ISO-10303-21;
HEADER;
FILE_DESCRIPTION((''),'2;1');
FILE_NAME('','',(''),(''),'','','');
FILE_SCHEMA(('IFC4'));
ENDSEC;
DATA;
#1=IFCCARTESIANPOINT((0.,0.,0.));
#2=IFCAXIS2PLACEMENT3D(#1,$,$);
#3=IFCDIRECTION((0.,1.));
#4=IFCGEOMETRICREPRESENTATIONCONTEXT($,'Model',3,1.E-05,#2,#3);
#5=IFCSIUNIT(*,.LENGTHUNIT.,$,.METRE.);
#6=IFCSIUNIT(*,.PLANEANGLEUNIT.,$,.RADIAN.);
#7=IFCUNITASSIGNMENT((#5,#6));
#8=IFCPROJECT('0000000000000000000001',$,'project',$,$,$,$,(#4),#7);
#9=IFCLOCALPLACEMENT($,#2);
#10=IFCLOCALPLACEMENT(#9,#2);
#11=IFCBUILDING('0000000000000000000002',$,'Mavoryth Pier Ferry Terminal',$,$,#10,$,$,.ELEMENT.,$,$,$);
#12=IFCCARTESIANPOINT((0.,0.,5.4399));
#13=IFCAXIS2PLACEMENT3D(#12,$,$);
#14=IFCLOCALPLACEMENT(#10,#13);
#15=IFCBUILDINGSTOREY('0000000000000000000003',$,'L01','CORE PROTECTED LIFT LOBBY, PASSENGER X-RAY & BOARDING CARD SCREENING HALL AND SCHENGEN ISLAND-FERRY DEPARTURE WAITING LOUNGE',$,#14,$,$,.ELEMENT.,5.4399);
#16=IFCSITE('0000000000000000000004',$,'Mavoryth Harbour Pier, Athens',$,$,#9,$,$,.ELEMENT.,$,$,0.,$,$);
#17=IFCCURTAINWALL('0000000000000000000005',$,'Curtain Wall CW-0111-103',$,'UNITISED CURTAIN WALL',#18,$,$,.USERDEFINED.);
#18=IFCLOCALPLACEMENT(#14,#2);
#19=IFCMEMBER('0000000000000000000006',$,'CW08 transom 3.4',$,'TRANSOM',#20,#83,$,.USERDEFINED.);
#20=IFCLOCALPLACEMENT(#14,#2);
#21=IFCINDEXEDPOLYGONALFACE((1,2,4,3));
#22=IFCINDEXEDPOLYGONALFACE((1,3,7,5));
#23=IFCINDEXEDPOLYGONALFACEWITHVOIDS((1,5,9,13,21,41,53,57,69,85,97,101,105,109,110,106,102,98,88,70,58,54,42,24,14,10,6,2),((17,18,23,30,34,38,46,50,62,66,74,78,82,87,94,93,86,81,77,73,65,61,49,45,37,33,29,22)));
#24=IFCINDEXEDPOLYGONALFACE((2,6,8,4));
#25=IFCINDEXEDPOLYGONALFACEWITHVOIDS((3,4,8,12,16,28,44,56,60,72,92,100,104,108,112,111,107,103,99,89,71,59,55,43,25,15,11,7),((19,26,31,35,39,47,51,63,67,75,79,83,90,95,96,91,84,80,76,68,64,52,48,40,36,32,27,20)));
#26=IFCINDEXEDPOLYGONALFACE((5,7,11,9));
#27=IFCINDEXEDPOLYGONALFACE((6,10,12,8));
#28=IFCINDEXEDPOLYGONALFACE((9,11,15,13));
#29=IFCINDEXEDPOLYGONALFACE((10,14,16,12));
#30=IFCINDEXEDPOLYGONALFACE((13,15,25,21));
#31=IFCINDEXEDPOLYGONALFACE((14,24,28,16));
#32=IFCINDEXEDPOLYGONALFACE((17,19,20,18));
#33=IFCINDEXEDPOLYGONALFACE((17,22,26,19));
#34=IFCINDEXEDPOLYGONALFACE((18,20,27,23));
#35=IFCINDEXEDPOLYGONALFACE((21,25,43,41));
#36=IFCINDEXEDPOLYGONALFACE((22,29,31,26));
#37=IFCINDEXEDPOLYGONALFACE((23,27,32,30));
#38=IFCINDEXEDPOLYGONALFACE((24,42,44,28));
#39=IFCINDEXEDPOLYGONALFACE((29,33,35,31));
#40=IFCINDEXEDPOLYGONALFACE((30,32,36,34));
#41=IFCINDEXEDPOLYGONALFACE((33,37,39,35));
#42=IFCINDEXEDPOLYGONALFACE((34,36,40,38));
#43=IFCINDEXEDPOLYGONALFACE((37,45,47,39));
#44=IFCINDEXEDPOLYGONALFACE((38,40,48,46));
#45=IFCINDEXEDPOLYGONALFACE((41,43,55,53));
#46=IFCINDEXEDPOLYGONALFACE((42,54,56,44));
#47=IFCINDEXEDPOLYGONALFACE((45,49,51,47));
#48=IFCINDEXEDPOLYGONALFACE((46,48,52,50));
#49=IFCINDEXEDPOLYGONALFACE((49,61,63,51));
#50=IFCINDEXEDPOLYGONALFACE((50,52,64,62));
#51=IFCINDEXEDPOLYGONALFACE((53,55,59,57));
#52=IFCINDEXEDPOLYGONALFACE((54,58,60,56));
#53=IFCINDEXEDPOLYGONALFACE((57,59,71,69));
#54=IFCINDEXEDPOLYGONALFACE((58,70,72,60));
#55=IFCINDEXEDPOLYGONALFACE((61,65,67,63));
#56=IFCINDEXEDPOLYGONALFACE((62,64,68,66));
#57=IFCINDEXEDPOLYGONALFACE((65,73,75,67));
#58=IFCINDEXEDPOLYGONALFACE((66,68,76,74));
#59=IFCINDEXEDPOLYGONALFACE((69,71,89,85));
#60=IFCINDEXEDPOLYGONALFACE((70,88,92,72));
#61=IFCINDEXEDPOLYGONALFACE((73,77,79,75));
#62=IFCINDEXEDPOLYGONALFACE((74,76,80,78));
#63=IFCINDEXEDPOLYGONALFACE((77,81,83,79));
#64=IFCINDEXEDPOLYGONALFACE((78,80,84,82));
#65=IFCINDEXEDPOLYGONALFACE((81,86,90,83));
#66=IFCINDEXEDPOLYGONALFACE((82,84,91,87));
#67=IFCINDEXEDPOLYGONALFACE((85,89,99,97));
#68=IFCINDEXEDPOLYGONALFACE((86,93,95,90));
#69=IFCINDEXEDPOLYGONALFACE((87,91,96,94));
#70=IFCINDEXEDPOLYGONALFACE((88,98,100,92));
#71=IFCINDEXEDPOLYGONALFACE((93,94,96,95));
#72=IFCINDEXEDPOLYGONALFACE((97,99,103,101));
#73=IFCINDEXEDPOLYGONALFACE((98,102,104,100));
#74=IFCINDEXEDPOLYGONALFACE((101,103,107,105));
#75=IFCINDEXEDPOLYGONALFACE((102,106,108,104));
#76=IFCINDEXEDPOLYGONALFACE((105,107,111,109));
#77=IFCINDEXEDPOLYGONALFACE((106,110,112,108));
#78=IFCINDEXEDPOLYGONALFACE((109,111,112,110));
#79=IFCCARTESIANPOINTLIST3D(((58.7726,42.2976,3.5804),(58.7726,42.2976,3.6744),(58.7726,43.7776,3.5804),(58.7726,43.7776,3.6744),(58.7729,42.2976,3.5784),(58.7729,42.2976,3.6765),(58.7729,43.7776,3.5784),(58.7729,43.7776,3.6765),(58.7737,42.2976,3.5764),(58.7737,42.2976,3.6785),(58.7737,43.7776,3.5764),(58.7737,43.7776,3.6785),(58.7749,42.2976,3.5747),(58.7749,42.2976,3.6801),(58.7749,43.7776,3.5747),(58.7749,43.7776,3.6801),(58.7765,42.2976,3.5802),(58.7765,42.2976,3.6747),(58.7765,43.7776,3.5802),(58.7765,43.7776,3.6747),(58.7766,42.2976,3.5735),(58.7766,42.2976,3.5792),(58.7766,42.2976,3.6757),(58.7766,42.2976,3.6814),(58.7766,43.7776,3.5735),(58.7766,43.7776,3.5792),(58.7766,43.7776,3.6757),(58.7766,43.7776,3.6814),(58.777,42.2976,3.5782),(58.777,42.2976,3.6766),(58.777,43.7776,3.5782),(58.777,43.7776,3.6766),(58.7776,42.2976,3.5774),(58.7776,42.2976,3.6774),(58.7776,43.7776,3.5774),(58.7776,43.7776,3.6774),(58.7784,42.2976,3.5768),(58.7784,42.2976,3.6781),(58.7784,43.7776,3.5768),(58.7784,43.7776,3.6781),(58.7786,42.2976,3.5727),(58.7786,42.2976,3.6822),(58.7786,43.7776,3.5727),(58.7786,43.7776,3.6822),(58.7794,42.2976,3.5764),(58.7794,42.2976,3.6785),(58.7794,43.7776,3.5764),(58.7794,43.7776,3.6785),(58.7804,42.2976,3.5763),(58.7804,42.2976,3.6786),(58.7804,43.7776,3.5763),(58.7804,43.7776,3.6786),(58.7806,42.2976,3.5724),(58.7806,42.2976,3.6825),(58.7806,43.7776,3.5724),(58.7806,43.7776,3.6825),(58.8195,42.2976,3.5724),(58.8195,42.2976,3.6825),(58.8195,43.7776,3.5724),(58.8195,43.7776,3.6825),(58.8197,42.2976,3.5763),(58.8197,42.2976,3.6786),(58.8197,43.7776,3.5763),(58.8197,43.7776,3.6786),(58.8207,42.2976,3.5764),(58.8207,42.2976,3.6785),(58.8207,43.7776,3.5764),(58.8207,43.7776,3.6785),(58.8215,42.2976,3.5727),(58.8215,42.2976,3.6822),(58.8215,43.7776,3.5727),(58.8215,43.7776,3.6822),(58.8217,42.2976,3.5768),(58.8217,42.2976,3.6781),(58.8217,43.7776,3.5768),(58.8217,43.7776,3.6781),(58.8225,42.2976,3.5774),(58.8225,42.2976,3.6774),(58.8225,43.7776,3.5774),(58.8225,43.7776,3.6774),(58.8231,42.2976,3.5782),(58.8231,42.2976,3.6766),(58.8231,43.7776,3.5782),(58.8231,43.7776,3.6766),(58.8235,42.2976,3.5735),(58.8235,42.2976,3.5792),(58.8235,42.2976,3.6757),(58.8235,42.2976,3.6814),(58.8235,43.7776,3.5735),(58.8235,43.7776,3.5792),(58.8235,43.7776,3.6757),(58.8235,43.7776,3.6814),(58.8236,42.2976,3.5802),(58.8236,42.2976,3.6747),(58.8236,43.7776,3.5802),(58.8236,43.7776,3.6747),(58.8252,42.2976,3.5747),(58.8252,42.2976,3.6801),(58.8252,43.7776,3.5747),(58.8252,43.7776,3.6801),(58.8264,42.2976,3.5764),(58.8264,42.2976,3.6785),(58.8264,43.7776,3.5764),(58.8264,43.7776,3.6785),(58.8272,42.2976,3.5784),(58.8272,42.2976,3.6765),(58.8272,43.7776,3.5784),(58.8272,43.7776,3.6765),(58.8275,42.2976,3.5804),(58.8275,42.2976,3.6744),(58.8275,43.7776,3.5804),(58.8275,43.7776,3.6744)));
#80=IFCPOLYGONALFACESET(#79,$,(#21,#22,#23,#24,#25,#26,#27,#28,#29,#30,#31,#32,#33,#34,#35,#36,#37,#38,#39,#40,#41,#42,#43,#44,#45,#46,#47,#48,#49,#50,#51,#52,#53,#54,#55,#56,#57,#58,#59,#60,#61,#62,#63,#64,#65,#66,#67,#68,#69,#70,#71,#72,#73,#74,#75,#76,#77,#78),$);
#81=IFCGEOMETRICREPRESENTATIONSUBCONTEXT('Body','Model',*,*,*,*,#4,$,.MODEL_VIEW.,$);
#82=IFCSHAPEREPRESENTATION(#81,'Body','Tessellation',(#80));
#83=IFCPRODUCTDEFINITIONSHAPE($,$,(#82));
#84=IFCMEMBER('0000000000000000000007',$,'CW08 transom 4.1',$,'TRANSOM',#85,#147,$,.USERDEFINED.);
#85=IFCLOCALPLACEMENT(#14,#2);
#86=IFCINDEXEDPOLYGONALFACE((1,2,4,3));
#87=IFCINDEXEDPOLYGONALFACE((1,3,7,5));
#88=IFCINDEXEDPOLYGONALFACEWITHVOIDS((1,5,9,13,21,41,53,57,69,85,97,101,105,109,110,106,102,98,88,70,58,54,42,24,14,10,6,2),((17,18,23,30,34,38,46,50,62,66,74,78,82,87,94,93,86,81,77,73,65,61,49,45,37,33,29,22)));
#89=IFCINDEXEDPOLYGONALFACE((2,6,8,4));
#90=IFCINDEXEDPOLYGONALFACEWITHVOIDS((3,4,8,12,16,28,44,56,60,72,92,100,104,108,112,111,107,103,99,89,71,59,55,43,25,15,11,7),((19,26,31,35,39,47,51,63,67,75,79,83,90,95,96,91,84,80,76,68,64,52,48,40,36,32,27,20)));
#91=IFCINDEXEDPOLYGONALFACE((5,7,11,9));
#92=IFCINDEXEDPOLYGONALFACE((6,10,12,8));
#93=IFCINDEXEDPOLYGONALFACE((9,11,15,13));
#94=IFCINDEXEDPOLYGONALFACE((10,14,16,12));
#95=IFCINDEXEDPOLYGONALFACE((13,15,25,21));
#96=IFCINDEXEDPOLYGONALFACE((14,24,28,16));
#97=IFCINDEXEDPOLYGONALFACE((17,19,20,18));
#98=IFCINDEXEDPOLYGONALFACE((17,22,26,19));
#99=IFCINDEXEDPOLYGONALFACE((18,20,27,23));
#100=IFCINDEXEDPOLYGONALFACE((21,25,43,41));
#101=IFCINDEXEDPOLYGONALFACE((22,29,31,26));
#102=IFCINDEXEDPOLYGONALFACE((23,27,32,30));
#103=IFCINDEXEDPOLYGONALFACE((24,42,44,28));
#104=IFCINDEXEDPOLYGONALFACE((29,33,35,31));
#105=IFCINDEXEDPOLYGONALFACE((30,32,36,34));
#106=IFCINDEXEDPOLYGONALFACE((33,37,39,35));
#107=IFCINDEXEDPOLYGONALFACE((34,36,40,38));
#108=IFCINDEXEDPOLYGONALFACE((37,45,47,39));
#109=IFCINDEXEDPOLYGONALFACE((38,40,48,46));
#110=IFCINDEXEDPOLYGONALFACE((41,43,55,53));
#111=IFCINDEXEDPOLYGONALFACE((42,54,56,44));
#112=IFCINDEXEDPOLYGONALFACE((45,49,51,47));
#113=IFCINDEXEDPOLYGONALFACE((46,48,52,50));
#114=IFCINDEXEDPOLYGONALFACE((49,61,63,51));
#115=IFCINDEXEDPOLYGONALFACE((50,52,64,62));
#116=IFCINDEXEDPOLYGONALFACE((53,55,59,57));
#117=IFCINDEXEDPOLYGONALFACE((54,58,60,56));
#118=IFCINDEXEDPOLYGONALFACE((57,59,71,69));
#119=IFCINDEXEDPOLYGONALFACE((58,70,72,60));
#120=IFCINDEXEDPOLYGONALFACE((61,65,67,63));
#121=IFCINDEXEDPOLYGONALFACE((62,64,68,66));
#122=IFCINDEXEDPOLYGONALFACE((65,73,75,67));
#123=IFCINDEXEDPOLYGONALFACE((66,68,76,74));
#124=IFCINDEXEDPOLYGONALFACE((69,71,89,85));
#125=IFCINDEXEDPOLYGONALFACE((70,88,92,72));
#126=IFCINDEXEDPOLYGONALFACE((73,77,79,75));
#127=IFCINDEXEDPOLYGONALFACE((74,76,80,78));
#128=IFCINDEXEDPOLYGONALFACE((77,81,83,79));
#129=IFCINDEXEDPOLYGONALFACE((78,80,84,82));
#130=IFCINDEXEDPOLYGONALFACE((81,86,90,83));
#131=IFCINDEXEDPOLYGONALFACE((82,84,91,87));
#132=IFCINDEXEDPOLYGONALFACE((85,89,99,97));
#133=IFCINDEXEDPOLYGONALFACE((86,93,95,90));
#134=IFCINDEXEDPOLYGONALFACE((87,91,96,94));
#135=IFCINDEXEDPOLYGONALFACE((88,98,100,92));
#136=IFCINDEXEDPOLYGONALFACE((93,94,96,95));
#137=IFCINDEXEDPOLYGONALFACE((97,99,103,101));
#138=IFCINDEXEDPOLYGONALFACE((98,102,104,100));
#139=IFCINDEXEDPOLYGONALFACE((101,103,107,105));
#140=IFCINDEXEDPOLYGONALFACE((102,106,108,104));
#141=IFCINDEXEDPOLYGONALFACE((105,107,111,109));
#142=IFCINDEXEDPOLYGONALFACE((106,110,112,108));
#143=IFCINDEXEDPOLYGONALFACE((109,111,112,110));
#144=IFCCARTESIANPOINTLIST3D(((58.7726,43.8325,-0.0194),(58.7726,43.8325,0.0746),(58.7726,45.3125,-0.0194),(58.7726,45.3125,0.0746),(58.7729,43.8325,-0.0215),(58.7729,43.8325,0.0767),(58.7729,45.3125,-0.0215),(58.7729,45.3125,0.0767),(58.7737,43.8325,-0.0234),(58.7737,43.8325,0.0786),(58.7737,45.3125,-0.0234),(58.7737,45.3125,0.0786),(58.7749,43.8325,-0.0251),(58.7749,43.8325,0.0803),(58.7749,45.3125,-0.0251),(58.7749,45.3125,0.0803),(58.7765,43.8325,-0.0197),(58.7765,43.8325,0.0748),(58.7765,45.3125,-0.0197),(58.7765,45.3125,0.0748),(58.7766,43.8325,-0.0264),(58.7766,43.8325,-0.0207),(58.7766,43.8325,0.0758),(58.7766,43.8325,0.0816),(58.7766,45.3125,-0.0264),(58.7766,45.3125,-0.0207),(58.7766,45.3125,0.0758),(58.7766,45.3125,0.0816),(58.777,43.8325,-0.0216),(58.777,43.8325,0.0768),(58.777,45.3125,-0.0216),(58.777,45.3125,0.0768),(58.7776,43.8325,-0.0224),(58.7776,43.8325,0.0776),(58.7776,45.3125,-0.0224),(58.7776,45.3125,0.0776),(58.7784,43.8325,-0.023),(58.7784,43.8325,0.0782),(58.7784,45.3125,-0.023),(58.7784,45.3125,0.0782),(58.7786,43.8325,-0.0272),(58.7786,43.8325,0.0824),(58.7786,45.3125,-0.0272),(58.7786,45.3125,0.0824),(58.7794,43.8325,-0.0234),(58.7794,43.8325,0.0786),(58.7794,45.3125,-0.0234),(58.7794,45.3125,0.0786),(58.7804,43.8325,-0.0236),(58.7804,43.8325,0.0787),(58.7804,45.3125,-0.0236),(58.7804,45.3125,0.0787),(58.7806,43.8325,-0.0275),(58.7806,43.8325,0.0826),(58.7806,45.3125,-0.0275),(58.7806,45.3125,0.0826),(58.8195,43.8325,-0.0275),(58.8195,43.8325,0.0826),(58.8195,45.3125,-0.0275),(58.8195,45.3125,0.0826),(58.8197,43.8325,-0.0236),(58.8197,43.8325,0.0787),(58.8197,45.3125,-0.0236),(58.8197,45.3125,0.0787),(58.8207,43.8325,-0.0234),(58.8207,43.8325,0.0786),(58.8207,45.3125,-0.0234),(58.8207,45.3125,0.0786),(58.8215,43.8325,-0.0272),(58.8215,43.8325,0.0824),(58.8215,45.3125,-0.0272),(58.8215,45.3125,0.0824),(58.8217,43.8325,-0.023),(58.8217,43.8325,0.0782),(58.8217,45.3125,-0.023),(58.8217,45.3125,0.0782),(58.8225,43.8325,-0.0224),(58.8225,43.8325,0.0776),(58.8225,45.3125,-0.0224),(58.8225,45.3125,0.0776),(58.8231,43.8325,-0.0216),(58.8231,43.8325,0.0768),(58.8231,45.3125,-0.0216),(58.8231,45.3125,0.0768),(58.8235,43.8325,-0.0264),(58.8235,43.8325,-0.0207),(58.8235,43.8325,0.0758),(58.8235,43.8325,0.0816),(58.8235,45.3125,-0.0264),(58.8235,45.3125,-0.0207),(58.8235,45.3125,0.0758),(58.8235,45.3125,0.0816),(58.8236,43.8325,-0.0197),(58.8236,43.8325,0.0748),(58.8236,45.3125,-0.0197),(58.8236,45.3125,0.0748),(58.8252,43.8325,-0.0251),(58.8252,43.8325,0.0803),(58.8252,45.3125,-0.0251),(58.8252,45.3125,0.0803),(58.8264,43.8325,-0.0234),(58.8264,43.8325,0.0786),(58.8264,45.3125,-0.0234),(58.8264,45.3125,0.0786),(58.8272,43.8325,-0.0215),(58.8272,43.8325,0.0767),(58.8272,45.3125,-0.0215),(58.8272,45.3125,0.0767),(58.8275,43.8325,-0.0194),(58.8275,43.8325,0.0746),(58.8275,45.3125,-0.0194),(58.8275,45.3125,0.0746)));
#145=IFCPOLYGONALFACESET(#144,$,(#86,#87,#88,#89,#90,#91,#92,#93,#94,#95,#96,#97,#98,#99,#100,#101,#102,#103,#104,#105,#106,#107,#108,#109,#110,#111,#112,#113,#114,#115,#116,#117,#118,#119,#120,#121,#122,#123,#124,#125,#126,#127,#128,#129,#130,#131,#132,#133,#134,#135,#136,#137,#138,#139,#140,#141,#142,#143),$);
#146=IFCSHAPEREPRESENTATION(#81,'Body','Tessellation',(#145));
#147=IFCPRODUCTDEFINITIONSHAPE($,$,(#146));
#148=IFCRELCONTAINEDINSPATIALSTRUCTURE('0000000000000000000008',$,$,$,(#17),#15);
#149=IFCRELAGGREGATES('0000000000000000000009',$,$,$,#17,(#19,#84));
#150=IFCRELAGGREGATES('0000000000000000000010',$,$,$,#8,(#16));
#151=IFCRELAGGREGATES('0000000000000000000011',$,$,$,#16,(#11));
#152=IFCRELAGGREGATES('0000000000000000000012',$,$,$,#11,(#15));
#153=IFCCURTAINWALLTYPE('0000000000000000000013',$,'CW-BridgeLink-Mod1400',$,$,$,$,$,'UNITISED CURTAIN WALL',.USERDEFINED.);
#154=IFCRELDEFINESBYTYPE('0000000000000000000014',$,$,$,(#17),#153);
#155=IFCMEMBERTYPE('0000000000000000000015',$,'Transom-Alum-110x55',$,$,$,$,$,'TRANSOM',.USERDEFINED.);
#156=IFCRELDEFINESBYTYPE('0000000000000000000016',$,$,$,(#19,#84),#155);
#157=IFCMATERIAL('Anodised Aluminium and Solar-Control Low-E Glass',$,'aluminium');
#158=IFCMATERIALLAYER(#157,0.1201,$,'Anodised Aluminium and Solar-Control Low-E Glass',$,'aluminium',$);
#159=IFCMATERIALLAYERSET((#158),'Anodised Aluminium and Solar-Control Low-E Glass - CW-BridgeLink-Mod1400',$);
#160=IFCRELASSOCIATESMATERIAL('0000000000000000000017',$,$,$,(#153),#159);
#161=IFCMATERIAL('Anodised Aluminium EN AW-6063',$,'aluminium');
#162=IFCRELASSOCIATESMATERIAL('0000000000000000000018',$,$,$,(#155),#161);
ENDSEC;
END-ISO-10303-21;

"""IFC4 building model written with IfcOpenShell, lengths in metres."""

from ifc_helpers import new_model, si_unit, direction, frame, origin, origin_2d, place, context, subcontext, project, spatial, hollow_rectangle, extrude, material, layer, layer_set, material_profile, profile_set, type_object, element, aggregate, save


model = new_model("IFC4")

# Units and contexts
model_context = context("Model", 3, precision=1e-05, world=origin(), true_north=direction((0.0, 1.0)))
body_context = subcontext(model_context, "Body", "Model", "MODEL_VIEW")
ifc_project = project(units=[si_unit("LENGTHUNIT", "METRE"), si_unit("PLANEANGLEUNIT", "RADIAN")], contexts=[model_context])

# Site, building, storey
site_placement = place(None, origin())
site = spatial("IfcSite", under=ifc_project, at=site_placement, Name="Mavoryth Harbour Pier, Athens", CompositionType="ELEMENT", RefElevation=0.0)
building_placement = place(site_placement, origin())
building = spatial("IfcBuilding", under=site, at=building_placement, Name="Mavoryth Pier Ferry Terminal", CompositionType="ELEMENT")
storey_placement = place(building_placement, frame((0.0, 0.0, 5.4399)))
storey = spatial("IfcBuildingStorey", under=building, at=storey_placement, Name="L01", Description="CORE PROTECTED LIFT LOBBY, PASSENGER X-RAY & BOARDING CARD SCREENING HALL AND SCHENGEN ISLAND-FERRY DEPARTURE WAITING LOUNGE", CompositionType="ELEMENT", Elevation=5.4399)

# Curtain wall
ifc_material_1 = material(Name="Anodised Aluminium and Solar-Control Low-E Glass", Category="aluminium")
ifc_layer_1 = layer(ifc_material_1, 0.1201, Name="Anodised Aluminium and Solar-Control Low-E Glass", Category="aluminium")
ifc_layer_set_1 = layer_set([ifc_layer_1], Name="Anodised Aluminium and Solar-Control Low-E Glass - CW-BridgeLink-Mod1400")
curtain_wall_type = type_object("IfcCurtainWallType", Name="CW-BridgeLink-Mod1400", ElementType="UNITISED CURTAIN WALL", PredefinedType="USERDEFINED", material=ifc_layer_set_1)
curtain_wall_1_placement = place(storey_placement, origin())
curtain_wall_1 = element("IfcCurtainWall", 1, at=curtain_wall_1_placement, inside=storey, type_object=curtain_wall_type, Name="Curtain Wall CW-0111-103", ObjectType="UNITISED CURTAIN WALL", PredefinedType="USERDEFINED")
ifc_material_2 = material(Name="Anodised Aluminium EN AW-6063", Category="aluminium")

# Members
ifc_material_profile_1 = material_profile(ifc_material_2, hollow_rectangle(XDim=0.0549, YDim=0.1101, WallThickness=0.0039, InnerFilletRadius=0.0039, OuterFilletRadius=0.0081, at=origin_2d()), Name="AL-TRAN 110x55x4", Category="aluminium")
ifc_profile_set_1 = profile_set([ifc_material_profile_1], Name="Anodised Aluminium EN AW-6063 - AL-TRAN 110x55x4")
member_type_1 = type_object("IfcMemberType", Name="Transom-Alum-110x55", ElementType="TRANSOM", PredefinedType="USERDEFINED", material=ifc_profile_set_1)
member_1_placement = place(storey_placement, frame((58.8, 42.2976, 3.6274), z_axis=(0.0, 1.0, 0.0), x_axis=(-1.0, 0.0, 0.0)))
member_1 = element("IfcMember", 2, at=member_1_placement, type_object=member_type_1, Name="CW08 transom 3.4", ObjectType="TRANSOM", PredefinedType="USERDEFINED", context=body_context, shape_type="SweptSolid", body=[
    extrude(hollow_rectangle(XDim=0.0549, YDim=0.1101, WallThickness=0.0039, InnerFilletRadius=0.0039, OuterFilletRadius=0.0081, at=origin_2d()), origin(), (0.0, 0.0, 1.0), 1.48),
])
member_2_placement = place(storey_placement, frame((58.8, 43.8325, 0.0276), z_axis=(0.0, 1.0, 0.0), x_axis=(-1.0, 0.0, 0.0)))
member_2 = element("IfcMember", 3, at=member_2_placement, type_object=member_type_1, Name="CW08 transom 4.1", ObjectType="TRANSOM", PredefinedType="USERDEFINED", context=body_context, shape_type="SweptSolid", body=[
    extrude(hollow_rectangle(XDim=0.0549, YDim=0.1101, WallThickness=0.0039, InnerFilletRadius=0.0039, OuterFilletRadius=0.0081, at=origin_2d()), origin(), (0.0, 0.0, 1.0), 1.48),
])

aggregate(curtain_wall_1, [member_1, member_2])

save(model, "model.ifc")
